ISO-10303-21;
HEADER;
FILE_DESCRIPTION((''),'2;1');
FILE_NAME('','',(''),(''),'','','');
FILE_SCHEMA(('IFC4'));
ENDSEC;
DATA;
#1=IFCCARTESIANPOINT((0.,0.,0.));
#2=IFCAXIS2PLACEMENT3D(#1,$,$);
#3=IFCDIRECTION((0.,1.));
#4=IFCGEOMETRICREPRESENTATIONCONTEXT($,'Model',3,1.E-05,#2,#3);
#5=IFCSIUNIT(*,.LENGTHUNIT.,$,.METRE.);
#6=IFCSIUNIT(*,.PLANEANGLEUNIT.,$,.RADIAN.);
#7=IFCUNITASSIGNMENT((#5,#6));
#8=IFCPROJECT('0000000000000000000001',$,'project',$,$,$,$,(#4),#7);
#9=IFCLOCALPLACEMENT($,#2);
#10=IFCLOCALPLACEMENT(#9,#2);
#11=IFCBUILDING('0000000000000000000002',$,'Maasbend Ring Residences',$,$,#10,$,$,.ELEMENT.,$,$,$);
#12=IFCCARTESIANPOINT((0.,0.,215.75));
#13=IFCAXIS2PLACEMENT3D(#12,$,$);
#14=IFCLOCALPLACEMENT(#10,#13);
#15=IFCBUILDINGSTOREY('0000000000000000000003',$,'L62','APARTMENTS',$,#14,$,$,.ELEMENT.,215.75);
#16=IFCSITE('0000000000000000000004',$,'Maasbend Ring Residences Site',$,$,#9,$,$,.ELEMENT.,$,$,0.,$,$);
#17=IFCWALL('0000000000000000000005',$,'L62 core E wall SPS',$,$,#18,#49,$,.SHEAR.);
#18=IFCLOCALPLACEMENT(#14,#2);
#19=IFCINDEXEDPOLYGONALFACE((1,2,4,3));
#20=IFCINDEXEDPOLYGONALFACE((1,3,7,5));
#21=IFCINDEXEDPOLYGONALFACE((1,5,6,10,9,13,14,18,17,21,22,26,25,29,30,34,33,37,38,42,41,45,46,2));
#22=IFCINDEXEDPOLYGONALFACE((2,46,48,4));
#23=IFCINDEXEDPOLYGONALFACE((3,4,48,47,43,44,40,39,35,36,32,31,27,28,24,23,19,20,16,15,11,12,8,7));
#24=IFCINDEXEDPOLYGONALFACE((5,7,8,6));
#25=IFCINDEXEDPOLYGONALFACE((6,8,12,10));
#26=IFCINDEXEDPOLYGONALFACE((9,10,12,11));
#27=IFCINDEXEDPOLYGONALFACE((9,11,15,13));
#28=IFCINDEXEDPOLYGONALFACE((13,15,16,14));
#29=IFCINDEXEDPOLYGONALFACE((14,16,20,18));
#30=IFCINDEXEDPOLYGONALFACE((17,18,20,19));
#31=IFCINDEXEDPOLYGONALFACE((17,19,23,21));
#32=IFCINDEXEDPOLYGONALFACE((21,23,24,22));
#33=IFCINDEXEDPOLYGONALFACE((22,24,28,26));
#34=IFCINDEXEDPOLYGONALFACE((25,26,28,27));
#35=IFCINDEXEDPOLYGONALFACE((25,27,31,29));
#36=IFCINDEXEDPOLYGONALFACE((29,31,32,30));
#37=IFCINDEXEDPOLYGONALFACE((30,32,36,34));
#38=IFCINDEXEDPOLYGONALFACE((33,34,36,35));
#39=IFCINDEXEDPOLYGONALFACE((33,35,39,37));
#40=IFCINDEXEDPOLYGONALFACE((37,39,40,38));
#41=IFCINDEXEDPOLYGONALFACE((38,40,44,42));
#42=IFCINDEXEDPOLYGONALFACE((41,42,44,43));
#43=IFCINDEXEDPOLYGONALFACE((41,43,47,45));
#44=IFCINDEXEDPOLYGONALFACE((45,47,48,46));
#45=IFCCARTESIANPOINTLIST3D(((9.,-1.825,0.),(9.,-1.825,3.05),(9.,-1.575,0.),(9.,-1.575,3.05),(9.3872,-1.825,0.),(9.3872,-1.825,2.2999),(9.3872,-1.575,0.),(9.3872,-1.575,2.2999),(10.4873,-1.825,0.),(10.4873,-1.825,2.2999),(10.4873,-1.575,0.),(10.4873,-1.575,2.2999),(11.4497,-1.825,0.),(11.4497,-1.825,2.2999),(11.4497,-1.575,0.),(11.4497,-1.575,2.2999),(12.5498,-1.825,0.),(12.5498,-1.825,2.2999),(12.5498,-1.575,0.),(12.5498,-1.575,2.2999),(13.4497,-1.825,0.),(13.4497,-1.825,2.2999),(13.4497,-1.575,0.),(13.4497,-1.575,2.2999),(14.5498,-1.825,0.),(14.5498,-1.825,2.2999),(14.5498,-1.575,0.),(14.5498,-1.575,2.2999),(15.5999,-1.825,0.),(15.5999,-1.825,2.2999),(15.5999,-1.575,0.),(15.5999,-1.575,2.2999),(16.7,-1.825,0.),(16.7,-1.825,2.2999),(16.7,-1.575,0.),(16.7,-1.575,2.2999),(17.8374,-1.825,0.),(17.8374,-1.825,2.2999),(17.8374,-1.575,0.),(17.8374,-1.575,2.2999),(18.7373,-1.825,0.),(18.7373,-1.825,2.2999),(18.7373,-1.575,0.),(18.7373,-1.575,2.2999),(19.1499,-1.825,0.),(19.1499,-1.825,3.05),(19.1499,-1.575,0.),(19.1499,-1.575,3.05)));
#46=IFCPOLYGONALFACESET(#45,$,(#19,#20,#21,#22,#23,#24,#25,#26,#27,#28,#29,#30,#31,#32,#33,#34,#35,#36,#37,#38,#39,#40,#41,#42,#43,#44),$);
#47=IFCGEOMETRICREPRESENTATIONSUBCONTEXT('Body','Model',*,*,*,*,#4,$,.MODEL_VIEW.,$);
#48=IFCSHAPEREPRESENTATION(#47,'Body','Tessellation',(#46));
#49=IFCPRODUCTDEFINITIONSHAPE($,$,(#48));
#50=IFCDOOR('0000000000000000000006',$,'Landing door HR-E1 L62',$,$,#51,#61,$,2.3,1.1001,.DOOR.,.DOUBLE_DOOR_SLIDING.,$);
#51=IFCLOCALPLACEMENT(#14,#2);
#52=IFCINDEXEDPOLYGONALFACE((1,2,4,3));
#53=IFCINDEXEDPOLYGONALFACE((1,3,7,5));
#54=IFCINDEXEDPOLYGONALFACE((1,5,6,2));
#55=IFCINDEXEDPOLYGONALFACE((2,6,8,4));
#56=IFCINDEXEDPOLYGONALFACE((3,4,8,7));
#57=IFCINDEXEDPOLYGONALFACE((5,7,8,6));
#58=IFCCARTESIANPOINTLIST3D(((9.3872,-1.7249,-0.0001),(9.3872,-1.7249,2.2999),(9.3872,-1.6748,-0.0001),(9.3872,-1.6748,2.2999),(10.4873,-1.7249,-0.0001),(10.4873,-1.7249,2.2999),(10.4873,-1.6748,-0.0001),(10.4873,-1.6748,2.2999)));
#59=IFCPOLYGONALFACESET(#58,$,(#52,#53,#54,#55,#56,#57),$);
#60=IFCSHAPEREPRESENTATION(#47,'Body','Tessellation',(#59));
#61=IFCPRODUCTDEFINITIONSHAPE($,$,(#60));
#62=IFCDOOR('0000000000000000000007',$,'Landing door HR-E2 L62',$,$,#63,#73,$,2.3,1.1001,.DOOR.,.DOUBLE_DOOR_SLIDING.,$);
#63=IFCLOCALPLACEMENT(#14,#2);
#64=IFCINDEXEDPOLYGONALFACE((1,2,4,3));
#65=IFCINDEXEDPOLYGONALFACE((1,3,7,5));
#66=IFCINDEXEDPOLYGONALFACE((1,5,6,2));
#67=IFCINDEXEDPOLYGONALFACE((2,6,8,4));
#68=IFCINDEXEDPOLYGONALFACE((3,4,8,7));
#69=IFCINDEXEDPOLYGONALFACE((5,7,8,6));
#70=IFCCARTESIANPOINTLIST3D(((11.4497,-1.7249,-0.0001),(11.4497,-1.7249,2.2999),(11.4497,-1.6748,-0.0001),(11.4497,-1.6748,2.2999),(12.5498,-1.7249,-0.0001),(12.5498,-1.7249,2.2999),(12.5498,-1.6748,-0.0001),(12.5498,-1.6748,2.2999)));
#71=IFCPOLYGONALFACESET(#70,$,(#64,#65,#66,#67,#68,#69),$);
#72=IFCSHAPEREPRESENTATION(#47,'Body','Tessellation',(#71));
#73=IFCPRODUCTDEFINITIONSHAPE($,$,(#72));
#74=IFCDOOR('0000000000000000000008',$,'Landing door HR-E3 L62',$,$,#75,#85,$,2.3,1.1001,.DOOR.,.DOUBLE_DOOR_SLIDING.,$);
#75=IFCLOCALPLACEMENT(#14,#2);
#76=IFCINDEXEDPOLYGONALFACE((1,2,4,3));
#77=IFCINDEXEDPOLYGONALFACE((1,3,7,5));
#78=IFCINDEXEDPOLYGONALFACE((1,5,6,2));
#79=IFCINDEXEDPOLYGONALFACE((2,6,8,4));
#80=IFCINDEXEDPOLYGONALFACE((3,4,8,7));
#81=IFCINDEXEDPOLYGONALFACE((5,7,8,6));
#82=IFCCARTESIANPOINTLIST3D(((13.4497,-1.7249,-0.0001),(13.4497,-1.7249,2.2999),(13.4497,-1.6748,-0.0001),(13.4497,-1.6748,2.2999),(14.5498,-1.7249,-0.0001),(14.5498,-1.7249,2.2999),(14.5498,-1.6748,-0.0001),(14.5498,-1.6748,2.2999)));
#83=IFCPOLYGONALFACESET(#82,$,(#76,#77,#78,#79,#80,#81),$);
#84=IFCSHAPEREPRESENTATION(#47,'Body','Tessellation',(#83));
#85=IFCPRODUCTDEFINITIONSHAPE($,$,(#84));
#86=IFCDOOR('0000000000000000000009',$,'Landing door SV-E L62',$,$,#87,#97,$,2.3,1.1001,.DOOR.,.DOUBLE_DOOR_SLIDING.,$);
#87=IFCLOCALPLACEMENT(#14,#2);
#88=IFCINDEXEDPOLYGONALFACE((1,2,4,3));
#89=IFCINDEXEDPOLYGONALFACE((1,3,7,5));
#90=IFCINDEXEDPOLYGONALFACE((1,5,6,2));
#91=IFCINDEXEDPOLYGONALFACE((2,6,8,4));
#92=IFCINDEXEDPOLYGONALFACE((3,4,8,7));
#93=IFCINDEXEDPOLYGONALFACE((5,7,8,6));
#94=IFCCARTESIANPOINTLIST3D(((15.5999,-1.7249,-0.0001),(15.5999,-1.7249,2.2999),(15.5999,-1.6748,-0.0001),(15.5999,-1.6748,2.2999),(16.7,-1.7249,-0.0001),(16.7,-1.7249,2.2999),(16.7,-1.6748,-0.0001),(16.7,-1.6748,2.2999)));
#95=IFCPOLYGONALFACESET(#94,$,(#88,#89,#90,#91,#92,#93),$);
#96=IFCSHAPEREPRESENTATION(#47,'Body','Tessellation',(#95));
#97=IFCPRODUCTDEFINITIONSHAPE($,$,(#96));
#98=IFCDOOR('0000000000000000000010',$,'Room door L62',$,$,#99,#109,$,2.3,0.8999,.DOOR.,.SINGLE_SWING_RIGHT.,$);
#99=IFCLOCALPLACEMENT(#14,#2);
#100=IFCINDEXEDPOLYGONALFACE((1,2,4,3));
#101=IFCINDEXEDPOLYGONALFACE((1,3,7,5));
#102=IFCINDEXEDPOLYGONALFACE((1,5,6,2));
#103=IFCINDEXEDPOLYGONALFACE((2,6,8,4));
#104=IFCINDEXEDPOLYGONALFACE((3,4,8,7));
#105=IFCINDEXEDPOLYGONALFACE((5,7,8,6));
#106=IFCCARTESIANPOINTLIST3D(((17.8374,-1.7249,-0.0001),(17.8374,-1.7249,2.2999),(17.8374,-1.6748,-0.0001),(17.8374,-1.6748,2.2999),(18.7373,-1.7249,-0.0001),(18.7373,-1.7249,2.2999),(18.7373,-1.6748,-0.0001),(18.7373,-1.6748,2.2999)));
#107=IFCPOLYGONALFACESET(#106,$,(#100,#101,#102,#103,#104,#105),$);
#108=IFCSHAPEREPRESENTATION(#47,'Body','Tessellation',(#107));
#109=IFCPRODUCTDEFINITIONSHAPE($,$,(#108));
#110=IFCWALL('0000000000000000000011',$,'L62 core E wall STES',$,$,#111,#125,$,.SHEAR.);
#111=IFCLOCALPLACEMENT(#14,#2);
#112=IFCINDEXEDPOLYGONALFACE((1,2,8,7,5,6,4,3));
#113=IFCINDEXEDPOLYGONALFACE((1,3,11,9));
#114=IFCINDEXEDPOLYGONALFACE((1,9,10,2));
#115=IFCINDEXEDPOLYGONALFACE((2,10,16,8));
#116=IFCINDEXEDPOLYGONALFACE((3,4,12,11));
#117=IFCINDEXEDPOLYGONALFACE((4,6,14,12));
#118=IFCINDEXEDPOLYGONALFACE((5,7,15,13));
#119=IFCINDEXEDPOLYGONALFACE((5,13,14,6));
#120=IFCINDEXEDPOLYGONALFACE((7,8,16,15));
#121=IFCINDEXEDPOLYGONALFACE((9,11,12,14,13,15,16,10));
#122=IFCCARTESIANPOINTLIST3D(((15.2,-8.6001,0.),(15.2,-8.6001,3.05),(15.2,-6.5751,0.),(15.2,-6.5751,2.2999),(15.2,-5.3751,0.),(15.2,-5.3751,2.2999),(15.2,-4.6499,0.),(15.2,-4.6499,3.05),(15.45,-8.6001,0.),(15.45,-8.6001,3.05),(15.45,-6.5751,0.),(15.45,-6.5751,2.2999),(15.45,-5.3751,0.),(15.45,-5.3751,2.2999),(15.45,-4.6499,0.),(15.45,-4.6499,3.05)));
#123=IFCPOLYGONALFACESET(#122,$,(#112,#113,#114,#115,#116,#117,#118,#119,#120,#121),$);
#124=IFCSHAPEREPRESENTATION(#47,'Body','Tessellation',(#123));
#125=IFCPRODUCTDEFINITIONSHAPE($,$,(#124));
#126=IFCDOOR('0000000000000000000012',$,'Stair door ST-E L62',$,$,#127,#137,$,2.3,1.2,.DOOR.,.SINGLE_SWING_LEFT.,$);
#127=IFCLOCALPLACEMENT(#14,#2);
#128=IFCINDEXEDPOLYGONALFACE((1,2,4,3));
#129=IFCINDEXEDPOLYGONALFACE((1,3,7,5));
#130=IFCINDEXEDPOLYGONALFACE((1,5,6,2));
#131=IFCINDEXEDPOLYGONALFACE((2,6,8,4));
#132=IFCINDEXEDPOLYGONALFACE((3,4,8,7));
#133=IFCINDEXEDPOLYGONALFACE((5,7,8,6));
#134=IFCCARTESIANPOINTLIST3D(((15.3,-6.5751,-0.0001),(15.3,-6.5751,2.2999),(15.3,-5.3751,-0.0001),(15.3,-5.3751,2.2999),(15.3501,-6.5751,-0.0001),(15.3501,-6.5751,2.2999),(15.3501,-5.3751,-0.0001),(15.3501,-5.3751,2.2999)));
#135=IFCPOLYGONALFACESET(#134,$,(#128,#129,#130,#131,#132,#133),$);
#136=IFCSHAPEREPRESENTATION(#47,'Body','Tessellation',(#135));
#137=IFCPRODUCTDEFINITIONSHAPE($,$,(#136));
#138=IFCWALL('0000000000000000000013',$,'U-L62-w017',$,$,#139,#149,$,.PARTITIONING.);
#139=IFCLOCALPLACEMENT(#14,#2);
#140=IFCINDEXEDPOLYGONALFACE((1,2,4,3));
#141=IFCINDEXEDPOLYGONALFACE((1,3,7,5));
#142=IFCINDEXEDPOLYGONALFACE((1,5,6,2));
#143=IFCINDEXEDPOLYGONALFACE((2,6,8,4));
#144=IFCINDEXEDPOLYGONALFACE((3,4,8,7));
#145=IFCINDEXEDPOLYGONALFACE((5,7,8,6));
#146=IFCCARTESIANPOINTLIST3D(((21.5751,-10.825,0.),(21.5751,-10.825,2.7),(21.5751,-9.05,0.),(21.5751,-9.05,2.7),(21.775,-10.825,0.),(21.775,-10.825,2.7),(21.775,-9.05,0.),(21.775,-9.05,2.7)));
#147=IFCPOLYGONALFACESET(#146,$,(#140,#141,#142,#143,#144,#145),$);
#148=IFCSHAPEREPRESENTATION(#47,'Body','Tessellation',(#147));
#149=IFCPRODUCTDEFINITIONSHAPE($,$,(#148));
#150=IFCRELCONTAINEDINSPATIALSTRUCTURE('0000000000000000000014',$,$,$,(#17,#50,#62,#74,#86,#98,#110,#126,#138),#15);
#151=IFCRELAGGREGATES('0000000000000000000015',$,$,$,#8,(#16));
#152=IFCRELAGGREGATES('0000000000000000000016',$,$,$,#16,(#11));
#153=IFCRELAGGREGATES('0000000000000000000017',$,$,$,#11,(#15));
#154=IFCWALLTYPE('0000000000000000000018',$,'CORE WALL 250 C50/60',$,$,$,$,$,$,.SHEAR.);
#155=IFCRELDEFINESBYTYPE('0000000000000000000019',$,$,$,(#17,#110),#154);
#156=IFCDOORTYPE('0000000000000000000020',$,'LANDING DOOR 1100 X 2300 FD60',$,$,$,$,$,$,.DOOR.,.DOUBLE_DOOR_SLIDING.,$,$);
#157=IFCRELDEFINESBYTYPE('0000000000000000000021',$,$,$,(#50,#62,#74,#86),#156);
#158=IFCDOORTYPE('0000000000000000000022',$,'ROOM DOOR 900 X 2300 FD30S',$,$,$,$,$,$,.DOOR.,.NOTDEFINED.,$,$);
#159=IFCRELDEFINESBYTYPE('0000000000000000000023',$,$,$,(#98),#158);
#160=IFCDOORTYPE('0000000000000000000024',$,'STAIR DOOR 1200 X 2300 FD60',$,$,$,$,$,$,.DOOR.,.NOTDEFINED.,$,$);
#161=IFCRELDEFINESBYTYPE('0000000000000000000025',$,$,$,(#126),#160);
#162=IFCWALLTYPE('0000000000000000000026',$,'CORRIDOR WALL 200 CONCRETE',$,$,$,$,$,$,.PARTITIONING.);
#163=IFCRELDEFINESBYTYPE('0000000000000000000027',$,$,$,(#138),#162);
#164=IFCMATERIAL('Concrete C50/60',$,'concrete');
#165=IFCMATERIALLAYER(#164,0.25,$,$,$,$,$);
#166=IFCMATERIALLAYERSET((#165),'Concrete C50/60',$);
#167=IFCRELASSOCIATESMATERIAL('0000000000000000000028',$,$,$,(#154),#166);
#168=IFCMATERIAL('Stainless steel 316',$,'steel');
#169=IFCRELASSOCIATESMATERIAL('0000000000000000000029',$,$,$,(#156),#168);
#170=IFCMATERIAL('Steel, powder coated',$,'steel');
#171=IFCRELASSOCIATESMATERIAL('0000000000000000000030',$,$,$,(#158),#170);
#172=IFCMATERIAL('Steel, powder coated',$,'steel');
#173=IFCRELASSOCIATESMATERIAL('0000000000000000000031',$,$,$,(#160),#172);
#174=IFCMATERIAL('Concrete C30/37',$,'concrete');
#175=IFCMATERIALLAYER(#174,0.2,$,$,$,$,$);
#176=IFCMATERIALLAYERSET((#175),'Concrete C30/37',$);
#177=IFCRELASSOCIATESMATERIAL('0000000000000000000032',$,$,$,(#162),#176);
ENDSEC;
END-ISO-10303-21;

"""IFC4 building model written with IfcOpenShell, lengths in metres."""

from ifc_helpers import new_model, si_unit, direction, frame, frame_2d, origin, place, context, subcontext, project, spatial, rectangle, extrude, material, layer, layer_set, type_object, element, fill, save


model = new_model("IFC4")

# Units and contexts
model_context = context("Model", 3, precision=1e-05, world=origin(), true_north=direction((0.0, 1.0)))
body_context = subcontext(model_context, "Body", "Model", "MODEL_VIEW")
ifc_project = project(units=[si_unit("LENGTHUNIT", "METRE"), si_unit("PLANEANGLEUNIT", "RADIAN")], contexts=[model_context])

# Site, building, storey
site_placement = place(None, origin())
site = spatial("IfcSite", under=ifc_project, at=site_placement, Name="Maasbend Ring Residences Site", CompositionType="ELEMENT", RefElevation=0.0)
building_placement = place(site_placement, origin())
building = spatial("IfcBuilding", under=site, at=building_placement, Name="Maasbend Ring Residences", CompositionType="ELEMENT")
storey_placement = place(building_placement, frame((0.0, 0.0, 215.75)))
storey = spatial("IfcBuildingStorey", under=building, at=storey_placement, Name="L62", Description="APARTMENTS", CompositionType="ELEMENT", Elevation=215.75)

# Wall, openings, doors
ifc_material_1 = material(Name="Concrete C50/60", Category="concrete")
ifc_layer_1 = layer(ifc_material_1, 0.25)
ifc_layer_set_1 = layer_set([ifc_layer_1], Name="Concrete C50/60")
wall_type_1 = type_object("IfcWallType", Name="CORE WALL 250 C50/60", PredefinedType="SHEAR", material=ifc_layer_set_1)
wall_1_placement = place(storey_placement, frame((19.1499, -1.7, 0.0), z_axis=(0.0, 0.0, 1.0), x_axis=(-1.0, 0.0, 0.0)))
wall_1 = element("IfcWall", 1, at=wall_1_placement, inside=storey, type_object=wall_type_1, Name="L62 core E wall SPS", PredefinedType="SHEAR", context=body_context, shape_type="SweptSolid", body=[
    extrude(rectangle(XDim=10.1499, YDim=0.25, at=frame_2d((5.075, 0.0))), origin(), (0.0, 0.0, 1.0), 3.05),
])
opening_1_placement = place(wall_1_placement, frame((8.6626, 0.0, 0.0)))
opening_1 = element("IfcOpeningElement", 2, at=opening_1_placement, cuts=wall_1, PredefinedType="OPENING", context=body_context, shape_type="SweptSolid", body=[
    extrude(rectangle(XDim=1.1001, YDim=2.3, at=frame_2d((0.55, 1.1499))), frame((0.0, 0.135, 0.0), z_axis=(0.0, -1.0, 0.0), x_axis=(1.0, 0.0, 0.0)), (0.0, 0.0, 1.0), 0.27),
])
opening_2_placement = place(wall_1_placement, frame((6.6001, 0.0, 0.0)))
opening_2 = element("IfcOpeningElement", 3, at=opening_2_placement, cuts=wall_1, PredefinedType="OPENING", context=body_context, shape_type="SweptSolid", body=[
    extrude(rectangle(XDim=1.1001, YDim=2.3, at=frame_2d((0.55, 1.1499))), frame((0.0, 0.135, 0.0), z_axis=(0.0, -1.0, 0.0), x_axis=(1.0, 0.0, 0.0)), (0.0, 0.0, 1.0), 0.27),
])
opening_3_placement = place(wall_1_placement, frame((4.6001, 0.0, 0.0)))
opening_3 = element("IfcOpeningElement", 4, at=opening_3_placement, cuts=wall_1, PredefinedType="OPENING", context=body_context, shape_type="SweptSolid", body=[
    extrude(rectangle(XDim=1.1001, YDim=2.3, at=frame_2d((0.55, 1.1499))), frame((0.0, 0.135, 0.0), z_axis=(0.0, -1.0, 0.0), x_axis=(1.0, 0.0, 0.0)), (0.0, 0.0, 1.0), 0.27),
])
opening_4_placement = place(wall_1_placement, frame((2.45, 0.0, 0.0)))
opening_4 = element("IfcOpeningElement", 5, at=opening_4_placement, cuts=wall_1, PredefinedType="OPENING", context=body_context, shape_type="SweptSolid", body=[
    extrude(rectangle(XDim=1.1001, YDim=2.3, at=frame_2d((0.55, 1.1499))), frame((0.0, 0.135, 0.0), z_axis=(0.0, -1.0, 0.0), x_axis=(1.0, 0.0, 0.0)), (0.0, 0.0, 1.0), 0.27),
])
opening_5_placement = place(wall_1_placement, frame((0.4126, 0.0, 0.0)))
opening_5 = element("IfcOpeningElement", 6, at=opening_5_placement, cuts=wall_1, PredefinedType="OPENING", context=body_context, shape_type="SweptSolid", body=[
    extrude(rectangle(XDim=0.8999, YDim=2.3, at=frame_2d((0.45, 1.1499))), frame((0.0, 0.135, 0.0), z_axis=(0.0, -1.0, 0.0), x_axis=(1.0, 0.0, 0.0)), (0.0, 0.0, 1.0), 0.27),
])
ifc_material_2 = material(Name="Stainless steel 316", Category="steel")
door_type_1 = type_object("IfcDoorType", Name="LANDING DOOR 1100 X 2300 FD60", OperationType="DOUBLE_DOOR_SLIDING", PredefinedType="DOOR", material=ifc_material_2)
door_1_placement = place(opening_1_placement, origin())
door_1 = element("IfcDoor", 7, at=door_1_placement, inside=storey, type_object=door_type_1, Name="Landing door HR-E1 L62", OperationType="DOUBLE_DOOR_SLIDING", OverallHeight=2.3, OverallWidth=1.1001, PredefinedType="DOOR", context=body_context, shape_type="SweptSolid", body=[
    extrude(rectangle(XDim=1.1001, YDim=2.3, at=frame_2d((0.55, 1.1499))), frame((0.0, 0.0249, 0.0), z_axis=(0.0, -1.0, 0.0), x_axis=(1.0, 0.0, 0.0)), (0.0, 0.0, 1.0), 0.05),
])
fill(opening_1, door_1)
door_2_placement = place(opening_2_placement, origin())
door_2 = element("IfcDoor", 8, at=door_2_placement, inside=storey, type_object=door_type_1, Name="Landing door HR-E2 L62", OperationType="DOUBLE_DOOR_SLIDING", OverallHeight=2.3, OverallWidth=1.1001, PredefinedType="DOOR", context=body_context, shape_type="SweptSolid", body=[
    extrude(rectangle(XDim=1.1001, YDim=2.3, at=frame_2d((0.55, 1.1499))), frame((0.0, 0.0249, 0.0), z_axis=(0.0, -1.0, 0.0), x_axis=(1.0, 0.0, 0.0)), (0.0, 0.0, 1.0), 0.05),
])
fill(opening_2, door_2)
door_3_placement = place(opening_3_placement, origin())
door_3 = element("IfcDoor", 9, at=door_3_placement, inside=storey, type_object=door_type_1, Name="Landing door HR-E3 L62", OperationType="DOUBLE_DOOR_SLIDING", OverallHeight=2.3, OverallWidth=1.1001, PredefinedType="DOOR", context=body_context, shape_type="SweptSolid", body=[
    extrude(rectangle(XDim=1.1001, YDim=2.3, at=frame_2d((0.55, 1.1499))), frame((0.0, 0.0249, 0.0), z_axis=(0.0, -1.0, 0.0), x_axis=(1.0, 0.0, 0.0)), (0.0, 0.0, 1.0), 0.05),
])
fill(opening_3, door_3)
door_4_placement = place(opening_4_placement, origin())
door_4 = element("IfcDoor", 10, at=door_4_placement, inside=storey, type_object=door_type_1, Name="Landing door SV-E L62", OperationType="DOUBLE_DOOR_SLIDING", OverallHeight=2.3, OverallWidth=1.1001, PredefinedType="DOOR", context=body_context, shape_type="SweptSolid", body=[
    extrude(rectangle(XDim=1.1001, YDim=2.3, at=frame_2d((0.55, 1.1499))), frame((0.0, 0.0249, 0.0), z_axis=(0.0, -1.0, 0.0), x_axis=(1.0, 0.0, 0.0)), (0.0, 0.0, 1.0), 0.05),
])
fill(opening_4, door_4)
ifc_material_3 = material(Name="Steel, powder coated", Category="steel")
door_type_2 = type_object("IfcDoorType", Name="ROOM DOOR 900 X 2300 FD30S", OperationType="NOTDEFINED", PredefinedType="DOOR", material=ifc_material_3)
door_5_placement = place(opening_5_placement, origin())
door_5 = element("IfcDoor", 11, at=door_5_placement, inside=storey, type_object=door_type_2, Name="Room door L62", OperationType="SINGLE_SWING_RIGHT", OverallHeight=2.3, OverallWidth=0.8999, PredefinedType="DOOR", context=body_context, shape_type="SweptSolid", body=[
    extrude(rectangle(XDim=0.8999, YDim=2.3, at=frame_2d((0.45, 1.1499))), frame((0.0, 0.0249, 0.0), z_axis=(0.0, -1.0, 0.0), x_axis=(1.0, 0.0, 0.0)), (0.0, 0.0, 1.0), 0.05),
])
fill(opening_5, door_5)

# Wall, opening, door
wall_2_placement = place(storey_placement, frame((15.325, -8.6001, 0.0), z_axis=(0.0, 0.0, 1.0), x_axis=(0.0, 1.0, 0.0)))
wall_2 = element("IfcWall", 12, at=wall_2_placement, inside=storey, type_object=wall_type_1, Name="L62 core E wall STES", PredefinedType="SHEAR", context=body_context, shape_type="SweptSolid", body=[
    extrude(rectangle(XDim=3.9502, YDim=0.25, at=frame_2d((1.9751, 0.0))), origin(), (0.0, 0.0, 1.0), 3.05),
])
opening_6_placement = place(wall_2_placement, frame((2.0249, 0.0, 0.0)))
opening_6 = element("IfcOpeningElement", 13, at=opening_6_placement, cuts=wall_2, PredefinedType="OPENING", context=body_context, shape_type="SweptSolid", body=[
    extrude(rectangle(XDim=1.2, YDim=2.3, at=frame_2d((0.6001, 1.1499))), frame((0.0, 0.135, 0.0), z_axis=(0.0, -1.0, 0.0), x_axis=(1.0, 0.0, 0.0)), (0.0, 0.0, 1.0), 0.27),
])
ifc_material_4 = material(Name="Steel, powder coated", Category="steel")
door_type_3 = type_object("IfcDoorType", Name="STAIR DOOR 1200 X 2300 FD60", OperationType="NOTDEFINED", PredefinedType="DOOR", material=ifc_material_4)
door_6_placement = place(opening_6_placement, origin())
door_6 = element("IfcDoor", 14, at=door_6_placement, inside=storey, type_object=door_type_3, Name="Stair door ST-E L62", OperationType="SINGLE_SWING_LEFT", OverallHeight=2.3, OverallWidth=1.2, PredefinedType="DOOR", context=body_context, shape_type="SweptSolid", body=[
    extrude(rectangle(XDim=1.2, YDim=2.3, at=frame_2d((0.6001, 1.1499))), frame((0.0, 0.0249, 0.0), z_axis=(0.0, -1.0, 0.0), x_axis=(1.0, 0.0, 0.0)), (0.0, 0.0, 1.0), 0.05),
])
fill(opening_6, door_6)

# Wall
ifc_material_5 = material(Name="Concrete C30/37", Category="concrete")
ifc_layer_2 = layer(ifc_material_5, 0.2)
ifc_layer_set_2 = layer_set([ifc_layer_2], Name="Concrete C30/37")
wall_type_2 = type_object("IfcWallType", Name="CORRIDOR WALL 200 CONCRETE", PredefinedType="PARTITIONING", material=ifc_layer_set_2)
wall_3_placement = place(storey_placement, frame((21.675, -10.825, 0.0), z_axis=(0.0, 0.0, 1.0), x_axis=(0.0, 1.0, 0.0)))
element("IfcWall", 15, at=wall_3_placement, inside=storey, type_object=wall_type_2, Name="U-L62-w017", PredefinedType="PARTITIONING", context=body_context, shape_type="SweptSolid", body=[
    extrude(rectangle(XDim=1.7749, YDim=0.2, at=frame_2d((0.8875, 0.0))), origin(), (0.0, 0.0, 1.0), 2.7),
])

save(model, "model.ifc")
